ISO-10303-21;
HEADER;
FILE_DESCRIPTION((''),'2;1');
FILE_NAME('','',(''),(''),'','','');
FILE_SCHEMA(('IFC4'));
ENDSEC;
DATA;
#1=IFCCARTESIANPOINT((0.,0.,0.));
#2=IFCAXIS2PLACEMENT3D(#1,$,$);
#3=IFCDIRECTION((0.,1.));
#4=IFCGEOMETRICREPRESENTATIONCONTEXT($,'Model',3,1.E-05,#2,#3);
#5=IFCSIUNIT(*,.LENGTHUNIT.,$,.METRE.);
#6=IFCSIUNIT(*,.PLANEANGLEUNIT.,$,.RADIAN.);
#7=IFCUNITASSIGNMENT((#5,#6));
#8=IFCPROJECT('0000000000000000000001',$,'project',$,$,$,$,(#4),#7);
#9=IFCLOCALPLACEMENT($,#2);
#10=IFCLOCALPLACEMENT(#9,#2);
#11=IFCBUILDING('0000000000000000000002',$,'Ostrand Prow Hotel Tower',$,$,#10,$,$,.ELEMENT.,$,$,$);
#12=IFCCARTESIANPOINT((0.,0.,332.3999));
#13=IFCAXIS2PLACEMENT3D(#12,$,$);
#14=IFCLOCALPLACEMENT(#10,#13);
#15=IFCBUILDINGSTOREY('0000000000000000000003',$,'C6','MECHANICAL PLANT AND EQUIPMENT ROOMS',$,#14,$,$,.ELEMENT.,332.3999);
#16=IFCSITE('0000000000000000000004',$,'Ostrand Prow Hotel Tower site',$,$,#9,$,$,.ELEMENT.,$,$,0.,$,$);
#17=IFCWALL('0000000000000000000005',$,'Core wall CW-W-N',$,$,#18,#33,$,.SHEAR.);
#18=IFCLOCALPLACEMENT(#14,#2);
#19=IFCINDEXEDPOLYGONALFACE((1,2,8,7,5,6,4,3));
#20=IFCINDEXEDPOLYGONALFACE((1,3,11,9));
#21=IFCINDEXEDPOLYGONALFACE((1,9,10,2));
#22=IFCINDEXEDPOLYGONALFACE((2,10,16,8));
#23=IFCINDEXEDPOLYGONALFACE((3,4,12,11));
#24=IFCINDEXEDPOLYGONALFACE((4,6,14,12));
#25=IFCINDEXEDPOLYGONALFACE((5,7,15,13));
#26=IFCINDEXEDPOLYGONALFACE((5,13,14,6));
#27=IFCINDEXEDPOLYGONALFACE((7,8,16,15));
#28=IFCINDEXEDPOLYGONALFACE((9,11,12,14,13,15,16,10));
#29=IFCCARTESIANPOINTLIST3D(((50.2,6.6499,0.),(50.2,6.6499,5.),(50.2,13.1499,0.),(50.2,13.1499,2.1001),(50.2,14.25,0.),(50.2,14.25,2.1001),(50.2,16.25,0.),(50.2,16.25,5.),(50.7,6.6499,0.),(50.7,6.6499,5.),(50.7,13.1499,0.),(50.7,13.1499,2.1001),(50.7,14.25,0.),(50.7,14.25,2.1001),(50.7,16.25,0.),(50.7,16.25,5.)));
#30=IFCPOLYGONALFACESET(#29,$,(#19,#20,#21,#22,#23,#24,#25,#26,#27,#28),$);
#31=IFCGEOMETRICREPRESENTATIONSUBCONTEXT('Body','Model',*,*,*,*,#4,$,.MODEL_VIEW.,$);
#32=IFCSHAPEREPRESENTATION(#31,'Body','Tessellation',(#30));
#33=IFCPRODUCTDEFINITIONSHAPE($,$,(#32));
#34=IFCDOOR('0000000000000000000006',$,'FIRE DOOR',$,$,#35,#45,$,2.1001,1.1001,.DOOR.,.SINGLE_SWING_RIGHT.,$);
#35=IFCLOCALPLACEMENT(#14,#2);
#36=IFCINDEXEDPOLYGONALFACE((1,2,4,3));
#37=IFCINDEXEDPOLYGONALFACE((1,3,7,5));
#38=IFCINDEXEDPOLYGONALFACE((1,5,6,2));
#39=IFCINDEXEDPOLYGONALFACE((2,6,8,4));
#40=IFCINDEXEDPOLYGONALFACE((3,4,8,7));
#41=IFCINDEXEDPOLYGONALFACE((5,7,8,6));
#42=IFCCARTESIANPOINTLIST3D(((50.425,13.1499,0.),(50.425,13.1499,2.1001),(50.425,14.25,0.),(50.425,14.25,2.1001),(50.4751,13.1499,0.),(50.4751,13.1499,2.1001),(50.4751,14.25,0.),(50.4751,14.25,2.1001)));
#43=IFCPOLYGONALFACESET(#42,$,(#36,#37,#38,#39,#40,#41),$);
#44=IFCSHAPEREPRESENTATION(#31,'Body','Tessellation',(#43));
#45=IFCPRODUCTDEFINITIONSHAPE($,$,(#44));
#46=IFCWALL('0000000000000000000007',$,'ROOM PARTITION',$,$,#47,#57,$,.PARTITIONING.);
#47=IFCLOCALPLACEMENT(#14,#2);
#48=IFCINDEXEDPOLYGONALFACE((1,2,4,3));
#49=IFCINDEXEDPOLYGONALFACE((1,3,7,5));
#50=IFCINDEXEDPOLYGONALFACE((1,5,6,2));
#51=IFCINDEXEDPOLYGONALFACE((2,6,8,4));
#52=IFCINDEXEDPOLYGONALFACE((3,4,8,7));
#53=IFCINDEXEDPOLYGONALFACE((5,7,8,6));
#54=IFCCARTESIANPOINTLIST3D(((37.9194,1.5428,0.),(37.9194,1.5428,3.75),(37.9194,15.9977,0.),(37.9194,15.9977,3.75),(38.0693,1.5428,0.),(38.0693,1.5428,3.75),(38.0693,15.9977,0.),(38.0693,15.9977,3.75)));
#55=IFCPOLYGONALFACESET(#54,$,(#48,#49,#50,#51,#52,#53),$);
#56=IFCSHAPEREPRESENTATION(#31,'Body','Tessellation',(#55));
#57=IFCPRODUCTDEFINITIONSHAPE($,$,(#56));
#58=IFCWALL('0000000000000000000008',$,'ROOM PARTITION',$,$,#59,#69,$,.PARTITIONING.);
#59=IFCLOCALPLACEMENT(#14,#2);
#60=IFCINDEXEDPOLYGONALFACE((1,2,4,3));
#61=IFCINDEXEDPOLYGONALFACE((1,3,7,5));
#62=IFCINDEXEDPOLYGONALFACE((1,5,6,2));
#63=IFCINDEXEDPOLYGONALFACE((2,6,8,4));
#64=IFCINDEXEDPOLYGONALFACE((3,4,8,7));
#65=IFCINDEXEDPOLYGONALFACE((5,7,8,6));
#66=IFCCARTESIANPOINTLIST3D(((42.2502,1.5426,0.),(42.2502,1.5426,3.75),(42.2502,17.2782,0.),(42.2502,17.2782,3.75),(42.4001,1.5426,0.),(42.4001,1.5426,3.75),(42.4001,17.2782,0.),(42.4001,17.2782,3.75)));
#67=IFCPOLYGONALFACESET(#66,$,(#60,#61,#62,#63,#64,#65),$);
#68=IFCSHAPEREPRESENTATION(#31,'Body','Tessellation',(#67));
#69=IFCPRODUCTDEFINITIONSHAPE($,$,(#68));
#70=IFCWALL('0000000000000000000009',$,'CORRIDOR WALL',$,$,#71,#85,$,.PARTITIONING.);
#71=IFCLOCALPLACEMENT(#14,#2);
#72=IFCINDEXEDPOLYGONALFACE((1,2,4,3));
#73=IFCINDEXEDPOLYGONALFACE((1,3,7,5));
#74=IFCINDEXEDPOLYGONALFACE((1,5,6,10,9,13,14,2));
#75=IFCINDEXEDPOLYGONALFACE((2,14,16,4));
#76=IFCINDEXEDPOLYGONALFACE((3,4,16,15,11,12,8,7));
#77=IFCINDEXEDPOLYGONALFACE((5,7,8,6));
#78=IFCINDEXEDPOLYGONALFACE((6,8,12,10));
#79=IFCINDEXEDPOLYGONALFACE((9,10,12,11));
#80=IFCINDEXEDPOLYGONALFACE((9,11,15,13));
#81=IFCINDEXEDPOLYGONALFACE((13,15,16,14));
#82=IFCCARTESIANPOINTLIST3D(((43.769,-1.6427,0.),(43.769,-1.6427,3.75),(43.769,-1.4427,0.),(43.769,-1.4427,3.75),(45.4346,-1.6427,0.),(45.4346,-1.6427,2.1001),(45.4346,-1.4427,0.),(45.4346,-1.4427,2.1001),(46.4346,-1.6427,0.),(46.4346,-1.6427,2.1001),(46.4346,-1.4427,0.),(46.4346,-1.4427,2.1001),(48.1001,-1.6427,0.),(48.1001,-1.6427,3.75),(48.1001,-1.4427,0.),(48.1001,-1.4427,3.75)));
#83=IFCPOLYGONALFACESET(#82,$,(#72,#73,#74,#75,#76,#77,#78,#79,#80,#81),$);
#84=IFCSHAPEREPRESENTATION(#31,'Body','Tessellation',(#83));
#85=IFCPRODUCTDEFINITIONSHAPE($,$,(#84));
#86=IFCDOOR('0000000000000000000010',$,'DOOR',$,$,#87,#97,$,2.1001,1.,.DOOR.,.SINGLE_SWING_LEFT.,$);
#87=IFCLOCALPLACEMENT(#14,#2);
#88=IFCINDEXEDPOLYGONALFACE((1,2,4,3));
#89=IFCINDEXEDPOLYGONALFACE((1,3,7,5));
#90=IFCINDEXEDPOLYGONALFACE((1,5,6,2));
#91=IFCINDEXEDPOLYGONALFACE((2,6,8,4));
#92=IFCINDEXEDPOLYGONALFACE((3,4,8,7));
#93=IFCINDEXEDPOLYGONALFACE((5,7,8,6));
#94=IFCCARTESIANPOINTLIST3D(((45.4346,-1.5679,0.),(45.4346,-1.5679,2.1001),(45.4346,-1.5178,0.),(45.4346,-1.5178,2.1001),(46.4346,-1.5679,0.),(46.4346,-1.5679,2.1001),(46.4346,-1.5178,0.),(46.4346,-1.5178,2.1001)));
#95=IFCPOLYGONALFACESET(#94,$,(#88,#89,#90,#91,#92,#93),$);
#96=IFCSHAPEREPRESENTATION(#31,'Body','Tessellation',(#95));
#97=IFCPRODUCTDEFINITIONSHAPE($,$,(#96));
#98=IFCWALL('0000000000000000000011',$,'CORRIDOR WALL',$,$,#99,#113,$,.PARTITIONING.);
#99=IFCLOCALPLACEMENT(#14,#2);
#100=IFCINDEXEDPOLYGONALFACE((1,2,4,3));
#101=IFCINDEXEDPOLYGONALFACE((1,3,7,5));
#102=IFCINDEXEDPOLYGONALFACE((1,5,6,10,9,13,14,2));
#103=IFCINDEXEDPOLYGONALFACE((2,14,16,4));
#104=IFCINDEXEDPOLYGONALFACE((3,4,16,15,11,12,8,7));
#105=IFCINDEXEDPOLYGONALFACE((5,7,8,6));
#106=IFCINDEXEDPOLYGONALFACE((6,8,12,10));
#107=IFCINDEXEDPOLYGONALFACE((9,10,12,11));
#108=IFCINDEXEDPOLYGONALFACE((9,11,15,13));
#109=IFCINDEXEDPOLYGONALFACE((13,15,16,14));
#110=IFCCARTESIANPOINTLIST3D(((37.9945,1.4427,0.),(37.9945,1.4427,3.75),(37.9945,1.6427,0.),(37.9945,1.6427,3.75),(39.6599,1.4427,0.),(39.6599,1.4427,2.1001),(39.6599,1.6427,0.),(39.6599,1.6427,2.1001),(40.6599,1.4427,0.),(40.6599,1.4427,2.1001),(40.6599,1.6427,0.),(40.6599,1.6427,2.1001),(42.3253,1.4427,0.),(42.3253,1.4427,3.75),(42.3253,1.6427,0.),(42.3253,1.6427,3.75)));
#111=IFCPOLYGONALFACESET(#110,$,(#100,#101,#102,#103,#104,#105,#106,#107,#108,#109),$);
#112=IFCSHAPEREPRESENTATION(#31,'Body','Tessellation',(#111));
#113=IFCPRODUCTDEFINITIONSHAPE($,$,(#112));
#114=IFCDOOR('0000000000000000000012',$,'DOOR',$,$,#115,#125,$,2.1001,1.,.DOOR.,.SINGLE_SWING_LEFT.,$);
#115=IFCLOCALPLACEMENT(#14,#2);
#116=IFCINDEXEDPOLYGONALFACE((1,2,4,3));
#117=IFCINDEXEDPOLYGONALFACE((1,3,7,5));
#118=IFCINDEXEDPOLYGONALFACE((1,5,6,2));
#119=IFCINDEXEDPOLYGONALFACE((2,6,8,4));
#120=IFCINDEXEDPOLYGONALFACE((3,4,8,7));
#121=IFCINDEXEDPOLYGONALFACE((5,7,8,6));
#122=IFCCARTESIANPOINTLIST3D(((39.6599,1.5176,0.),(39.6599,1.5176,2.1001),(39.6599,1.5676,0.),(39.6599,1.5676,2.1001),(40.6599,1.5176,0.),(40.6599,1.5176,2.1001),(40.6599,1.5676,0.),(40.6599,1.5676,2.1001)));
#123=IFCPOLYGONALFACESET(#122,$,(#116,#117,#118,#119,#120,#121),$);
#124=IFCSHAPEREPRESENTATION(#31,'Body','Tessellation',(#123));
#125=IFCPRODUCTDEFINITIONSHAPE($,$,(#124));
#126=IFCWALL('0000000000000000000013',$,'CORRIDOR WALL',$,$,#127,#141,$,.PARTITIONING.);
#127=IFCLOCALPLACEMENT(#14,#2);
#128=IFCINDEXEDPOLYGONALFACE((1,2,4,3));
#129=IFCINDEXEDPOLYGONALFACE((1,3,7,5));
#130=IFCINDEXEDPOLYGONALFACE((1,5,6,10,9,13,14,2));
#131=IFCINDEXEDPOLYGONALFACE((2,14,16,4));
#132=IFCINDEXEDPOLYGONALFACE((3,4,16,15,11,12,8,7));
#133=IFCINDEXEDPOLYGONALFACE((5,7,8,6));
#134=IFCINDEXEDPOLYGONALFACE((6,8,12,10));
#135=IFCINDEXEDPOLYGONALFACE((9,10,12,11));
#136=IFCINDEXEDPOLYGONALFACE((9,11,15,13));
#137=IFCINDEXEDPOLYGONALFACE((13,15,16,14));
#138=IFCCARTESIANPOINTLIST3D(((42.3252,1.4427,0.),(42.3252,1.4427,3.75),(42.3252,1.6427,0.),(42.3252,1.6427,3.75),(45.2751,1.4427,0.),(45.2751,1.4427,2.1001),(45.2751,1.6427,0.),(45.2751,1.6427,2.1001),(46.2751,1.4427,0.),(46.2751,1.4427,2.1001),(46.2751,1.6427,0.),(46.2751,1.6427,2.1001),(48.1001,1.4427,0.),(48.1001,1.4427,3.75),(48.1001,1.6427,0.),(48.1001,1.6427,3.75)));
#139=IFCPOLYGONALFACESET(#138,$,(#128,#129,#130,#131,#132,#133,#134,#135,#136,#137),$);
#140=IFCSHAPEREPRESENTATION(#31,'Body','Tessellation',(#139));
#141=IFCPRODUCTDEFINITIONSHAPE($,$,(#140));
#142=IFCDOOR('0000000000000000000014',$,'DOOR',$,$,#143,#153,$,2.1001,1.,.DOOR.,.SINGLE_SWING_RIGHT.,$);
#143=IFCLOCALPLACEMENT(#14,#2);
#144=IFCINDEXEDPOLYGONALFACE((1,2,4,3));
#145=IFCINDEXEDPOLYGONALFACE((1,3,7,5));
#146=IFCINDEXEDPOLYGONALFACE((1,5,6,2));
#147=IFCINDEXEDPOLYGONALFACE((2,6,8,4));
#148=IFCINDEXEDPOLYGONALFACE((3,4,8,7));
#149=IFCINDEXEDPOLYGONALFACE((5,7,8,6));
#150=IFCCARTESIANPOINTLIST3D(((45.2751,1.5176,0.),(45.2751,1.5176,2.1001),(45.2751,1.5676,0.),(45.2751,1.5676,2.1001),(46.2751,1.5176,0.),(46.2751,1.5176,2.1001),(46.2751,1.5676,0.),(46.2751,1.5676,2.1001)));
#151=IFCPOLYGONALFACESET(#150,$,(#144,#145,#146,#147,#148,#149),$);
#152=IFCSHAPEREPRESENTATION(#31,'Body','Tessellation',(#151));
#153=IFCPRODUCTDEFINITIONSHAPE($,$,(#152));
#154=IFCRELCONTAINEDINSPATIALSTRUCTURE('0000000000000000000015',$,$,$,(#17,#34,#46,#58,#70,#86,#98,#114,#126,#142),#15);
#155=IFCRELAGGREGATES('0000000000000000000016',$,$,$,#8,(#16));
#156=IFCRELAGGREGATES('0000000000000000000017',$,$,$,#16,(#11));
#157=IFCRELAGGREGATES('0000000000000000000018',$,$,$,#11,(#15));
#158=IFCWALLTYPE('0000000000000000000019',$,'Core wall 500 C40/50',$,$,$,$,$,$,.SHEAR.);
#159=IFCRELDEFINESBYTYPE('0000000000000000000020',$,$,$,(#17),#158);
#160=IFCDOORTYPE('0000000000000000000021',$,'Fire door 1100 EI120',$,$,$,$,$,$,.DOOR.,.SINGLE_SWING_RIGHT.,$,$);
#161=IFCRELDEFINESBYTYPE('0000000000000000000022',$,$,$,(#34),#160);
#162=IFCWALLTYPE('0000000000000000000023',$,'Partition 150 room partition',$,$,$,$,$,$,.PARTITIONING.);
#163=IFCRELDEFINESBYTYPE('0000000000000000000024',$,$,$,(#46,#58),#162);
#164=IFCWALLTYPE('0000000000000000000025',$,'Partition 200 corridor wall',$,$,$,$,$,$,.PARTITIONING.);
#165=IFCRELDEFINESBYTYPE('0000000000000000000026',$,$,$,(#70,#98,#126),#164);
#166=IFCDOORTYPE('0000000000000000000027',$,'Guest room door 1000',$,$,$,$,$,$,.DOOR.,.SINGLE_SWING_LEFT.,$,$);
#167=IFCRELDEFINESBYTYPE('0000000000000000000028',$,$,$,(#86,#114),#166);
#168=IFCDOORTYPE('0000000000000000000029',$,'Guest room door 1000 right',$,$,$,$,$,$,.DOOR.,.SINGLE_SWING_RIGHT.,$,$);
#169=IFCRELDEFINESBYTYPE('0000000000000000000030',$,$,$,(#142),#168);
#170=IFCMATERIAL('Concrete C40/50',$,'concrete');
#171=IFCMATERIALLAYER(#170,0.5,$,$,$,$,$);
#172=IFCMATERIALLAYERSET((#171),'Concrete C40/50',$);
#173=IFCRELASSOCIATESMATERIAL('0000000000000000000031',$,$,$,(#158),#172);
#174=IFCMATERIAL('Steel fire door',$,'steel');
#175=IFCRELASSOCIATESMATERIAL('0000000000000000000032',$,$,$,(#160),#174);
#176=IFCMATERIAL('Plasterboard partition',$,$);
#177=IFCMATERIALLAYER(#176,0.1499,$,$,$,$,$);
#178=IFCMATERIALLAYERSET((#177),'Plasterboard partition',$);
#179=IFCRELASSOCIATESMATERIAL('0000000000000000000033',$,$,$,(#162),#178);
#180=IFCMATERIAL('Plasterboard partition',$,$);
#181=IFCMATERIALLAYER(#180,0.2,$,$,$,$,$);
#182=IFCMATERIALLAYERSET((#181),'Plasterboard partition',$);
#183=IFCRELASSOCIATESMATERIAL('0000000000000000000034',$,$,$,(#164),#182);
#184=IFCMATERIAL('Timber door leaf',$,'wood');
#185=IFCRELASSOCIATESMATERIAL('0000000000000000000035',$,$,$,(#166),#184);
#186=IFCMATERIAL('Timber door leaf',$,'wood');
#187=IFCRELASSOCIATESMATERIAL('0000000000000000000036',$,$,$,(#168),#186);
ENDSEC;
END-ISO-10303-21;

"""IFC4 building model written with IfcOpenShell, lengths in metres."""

from ifc_helpers import new_model, si_unit, direction, frame, frame_2d, origin, place, context, subcontext, project, spatial, rectangle, extrude, material, layer, layer_set, type_object, element, fill, save


model = new_model("IFC4")

# Units and contexts
model_context = context("Model", 3, precision=1e-05, world=origin(), true_north=direction((0.0, 1.0)))
body_context = subcontext(model_context, "Body", "Model", "MODEL_VIEW")
ifc_project = project(units=[si_unit("LENGTHUNIT", "METRE"), si_unit("PLANEANGLEUNIT", "RADIAN")], contexts=[model_context])

# Site, building, storey
site_placement = place(None, origin())
site = spatial("IfcSite", under=ifc_project, at=site_placement, Name="Ostrand Prow Hotel Tower site", CompositionType="ELEMENT", RefElevation=0.0)
building_placement = place(site_placement, origin())
building = spatial("IfcBuilding", under=site, at=building_placement, Name="Ostrand Prow Hotel Tower", CompositionType="ELEMENT")
storey_placement = place(building_placement, frame((0.0, 0.0, 332.3999)))
storey = spatial("IfcBuildingStorey", under=building, at=storey_placement, Name="C6", Description="MECHANICAL PLANT AND EQUIPMENT ROOMS", CompositionType="ELEMENT", Elevation=332.3999)

# Wall, opening, door
ifc_material_1 = material(Name="Concrete C40/50", Category="concrete")
ifc_layer_1 = layer(ifc_material_1, 0.5)
ifc_layer_set_1 = layer_set([ifc_layer_1], Name="Concrete C40/50")
wall_type_1 = type_object("IfcWallType", Name="Core wall 500 C40/50", PredefinedType="SHEAR", material=ifc_layer_set_1)
wall_1_placement = place(storey_placement, frame((50.45, 6.6499, 0.0), z_axis=(0.0, 0.0, 1.0), x_axis=(0.0, 1.0, 0.0)))
wall_1 = element("IfcWall", 1, at=wall_1_placement, inside=storey, type_object=wall_type_1, Name="Core wall CW-W-N", PredefinedType="SHEAR", context=body_context, shape_type="SweptSolid", body=[
    extrude(rectangle(XDim=9.6001, YDim=0.5, at=frame_2d((4.8, 0.0))), origin(), (0.0, 0.0, 1.0), 5.0),
])
opening_1_placement = place(wall_1_placement, frame((6.5, 0.0, 0.0)))
opening_1 = element("IfcOpeningElement", 2, at=opening_1_placement, cuts=wall_1, PredefinedType="OPENING", context=body_context, shape_type="SweptSolid", body=[
    extrude(rectangle(XDim=1.1001, YDim=2.1001, at=frame_2d((0.55, 1.05))), frame((0.0, 0.26, 0.0), z_axis=(0.0, -1.0, 0.0), x_axis=(1.0, 0.0, 0.0)), (0.0, 0.0, 1.0), 0.52),
])
ifc_material_2 = material(Name="Steel fire door", Category="steel")
door_type_1 = type_object("IfcDoorType", Name="Fire door 1100 EI120", OperationType="SINGLE_SWING_RIGHT", PredefinedType="DOOR", material=ifc_material_2)
door_1_placement = place(opening_1_placement, origin())
door_1 = element("IfcDoor", 3, at=door_1_placement, inside=storey, type_object=door_type_1, Name="FIRE DOOR", OperationType="SINGLE_SWING_RIGHT", OverallHeight=2.1001, OverallWidth=1.1001, PredefinedType="DOOR", context=body_context, shape_type="SweptSolid", body=[
    extrude(rectangle(XDim=1.1001, YDim=2.1001, at=frame_2d((0.55, 1.05))), frame((0.0, 0.0249, 0.0), z_axis=(0.0, -1.0, 0.0), x_axis=(1.0, 0.0, 0.0)), (0.0, 0.0, 1.0), 0.05),
])
fill(opening_1, door_1)

# Walls
ifc_material_3 = material(Name="Plasterboard partition")
ifc_layer_2 = layer(ifc_material_3, 0.1499)
ifc_layer_set_2 = layer_set([ifc_layer_2], Name="Plasterboard partition")
wall_type_2 = type_object("IfcWallType", Name="Partition 150 room partition", PredefinedType="PARTITIONING", material=ifc_layer_set_2)
wall_2_placement = place(storey_placement, frame((37.9944, 1.5427, 0.0), z_axis=(0.0, 0.0, 1.0), x_axis=(0.0, 1.0, 0.0)))
element("IfcWall", 4, at=wall_2_placement, inside=storey, type_object=wall_type_2, Name="ROOM PARTITION", PredefinedType="PARTITIONING", context=body_context, shape_type="SweptSolid", body=[
    extrude(rectangle(XDim=14.4548, YDim=0.1499, at=frame_2d((7.2275, 0.0))), origin(), (0.0, 0.0, 1.0), 3.75),
])
wall_3_placement = place(storey_placement, frame((42.3252, 1.5427, 0.0), z_axis=(0.0, 0.0, 1.0), x_axis=(0.0, 1.0, 0.0)))
element("IfcWall", 5, at=wall_3_placement, inside=storey, type_object=wall_type_2, Name="ROOM PARTITION", PredefinedType="PARTITIONING", context=body_context, shape_type="SweptSolid", body=[
    extrude(rectangle(XDim=15.7356, YDim=0.1499, at=frame_2d((7.8677, 0.0))), origin(), (0.0, 0.0, 1.0), 3.75),
])

# Walls, openings, doors
ifc_material_4 = material(Name="Plasterboard partition")
ifc_layer_3 = layer(ifc_material_4, 0.2)
ifc_layer_set_3 = layer_set([ifc_layer_3], Name="Plasterboard partition")
wall_type_3 = type_object("IfcWallType", Name="Partition 200 corridor wall", PredefinedType="PARTITIONING", material=ifc_layer_set_3)
wall_4_placement = place(storey_placement, frame((43.769, -1.5427, 0.0), z_axis=(0.0, 0.0, 1.0), x_axis=(1.0, 0.0, 0.0)))
wall_4 = element("IfcWall", 6, at=wall_4_placement, inside=storey, type_object=wall_type_3, Name="CORRIDOR WALL", PredefinedType="PARTITIONING", context=body_context, shape_type="SweptSolid", body=[
    extrude(rectangle(XDim=4.3311, YDim=0.2, at=frame_2d((2.1655, 0.0))), origin(), (0.0, 0.0, 1.0), 3.75),
])
opening_2_placement = place(wall_4_placement, frame((1.6655, 0.0, 0.0)))
opening_2 = element("IfcOpeningElement", 7, at=opening_2_placement, cuts=wall_4, PredefinedType="OPENING", context=body_context, shape_type="SweptSolid", body=[
    extrude(rectangle(XDim=1.0, YDim=2.1001, at=frame_2d((0.5, 1.05))), frame((0.0, 0.1099, 0.0), z_axis=(0.0, -1.0, 0.0), x_axis=(1.0, 0.0, 0.0)), (0.0, 0.0, 1.0), 0.22),
])
ifc_material_5 = material(Name="Timber door leaf", Category="wood")
door_type_2 = type_object("IfcDoorType", Name="Guest room door 1000", OperationType="SINGLE_SWING_LEFT", PredefinedType="DOOR", material=ifc_material_5)
door_2_placement = place(opening_2_placement, origin())
door_2 = element("IfcDoor", 8, at=door_2_placement, inside=storey, type_object=door_type_2, Name="DOOR", OperationType="SINGLE_SWING_LEFT", OverallHeight=2.1001, OverallWidth=1.0, PredefinedType="DOOR", context=body_context, shape_type="SweptSolid", body=[
    extrude(rectangle(XDim=1.0, YDim=2.1001, at=frame_2d((0.5, 1.05))), frame((0.0, 0.0249, 0.0), z_axis=(0.0, -1.0, 0.0), x_axis=(1.0, 0.0, 0.0)), (0.0, 0.0, 1.0), 0.05),
])
fill(opening_2, door_2)
wall_5_placement = place(storey_placement, frame((37.9944, 1.5427, 0.0), z_axis=(0.0, 0.0, 1.0), x_axis=(1.0, 0.0, 0.0)))
wall_5 = element("IfcWall", 9, at=wall_5_placement, inside=storey, type_object=wall_type_3, Name="CORRIDOR WALL", PredefinedType="PARTITIONING", context=body_context, shape_type="SweptSolid", body=[
    extrude(rectangle(XDim=4.3308, YDim=0.2, at=frame_2d((2.1655, 0.0))), origin(), (0.0, 0.0, 1.0), 3.75),
])
opening_3_placement = place(wall_5_placement, frame((1.6655, 0.0, 0.0)))
opening_3 = element("IfcOpeningElement", 10, at=opening_3_placement, cuts=wall_5, PredefinedType="OPENING", context=body_context, shape_type="SweptSolid", body=[
    extrude(rectangle(XDim=1.0, YDim=2.1001, at=frame_2d((0.5, 1.05))), frame((0.0, 0.1099, 0.0), z_axis=(0.0, -1.0, 0.0), x_axis=(1.0, 0.0, 0.0)), (0.0, 0.0, 1.0), 0.22),
])
door_3_placement = place(opening_3_placement, origin())
door_3 = element("IfcDoor", 11, at=door_3_placement, inside=storey, type_object=door_type_2, Name="DOOR", OperationType="SINGLE_SWING_LEFT", OverallHeight=2.1001, OverallWidth=1.0, PredefinedType="DOOR", context=body_context, shape_type="SweptSolid", body=[
    extrude(rectangle(XDim=1.0, YDim=2.1001, at=frame_2d((0.5, 1.05))), frame((0.0, 0.0249, 0.0), z_axis=(0.0, -1.0, 0.0), x_axis=(1.0, 0.0, 0.0)), (0.0, 0.0, 1.0), 0.05),
])
fill(opening_3, door_3)
wall_6_placement = place(storey_placement, frame((42.3252, 1.5427, 0.0), z_axis=(0.0, 0.0, 1.0), x_axis=(1.0, 0.0, 0.0)))
wall_6 = element("IfcWall", 12, at=wall_6_placement, inside=storey, type_object=wall_type_3, Name="CORRIDOR WALL", PredefinedType="PARTITIONING", context=body_context, shape_type="SweptSolid", body=[
    extrude(rectangle(XDim=5.7749, YDim=0.2, at=frame_2d((2.8875, 0.0))), origin(), (0.0, 0.0, 1.0), 3.75),
])
opening_4_placement = place(wall_6_placement, frame((2.95, 0.0, 0.0)))
opening_4 = element("IfcOpeningElement", 13, at=opening_4_placement, cuts=wall_6, PredefinedType="OPENING", context=body_context, shape_type="SweptSolid", body=[
    extrude(rectangle(XDim=1.0, YDim=2.1001, at=frame_2d((0.5, 1.05))), frame((0.0, 0.1099, 0.0), z_axis=(0.0, -1.0, 0.0), x_axis=(1.0, 0.0, 0.0)), (0.0, 0.0, 1.0), 0.22),
])
ifc_material_6 = material(Name="Timber door leaf", Category="wood")
door_type_3 = type_object("IfcDoorType", Name="Guest room door 1000 right", OperationType="SINGLE_SWING_RIGHT", PredefinedType="DOOR", material=ifc_material_6)
door_4_placement = place(opening_4_placement, origin())
door_4 = element("IfcDoor", 14, at=door_4_placement, inside=storey, type_object=door_type_3, Name="DOOR", OperationType="SINGLE_SWING_RIGHT", OverallHeight=2.1001, OverallWidth=1.0, PredefinedType="DOOR", context=body_context, shape_type="SweptSolid", body=[
    extrude(rectangle(XDim=1.0, YDim=2.1001, at=frame_2d((0.5, 1.05))), frame((0.0, 0.0249, 0.0), z_axis=(0.0, -1.0, 0.0), x_axis=(1.0, 0.0, 0.0)), (0.0, 0.0, 1.0), 0.05),
])
fill(opening_4, door_4)

save(model, "model.ifc")
